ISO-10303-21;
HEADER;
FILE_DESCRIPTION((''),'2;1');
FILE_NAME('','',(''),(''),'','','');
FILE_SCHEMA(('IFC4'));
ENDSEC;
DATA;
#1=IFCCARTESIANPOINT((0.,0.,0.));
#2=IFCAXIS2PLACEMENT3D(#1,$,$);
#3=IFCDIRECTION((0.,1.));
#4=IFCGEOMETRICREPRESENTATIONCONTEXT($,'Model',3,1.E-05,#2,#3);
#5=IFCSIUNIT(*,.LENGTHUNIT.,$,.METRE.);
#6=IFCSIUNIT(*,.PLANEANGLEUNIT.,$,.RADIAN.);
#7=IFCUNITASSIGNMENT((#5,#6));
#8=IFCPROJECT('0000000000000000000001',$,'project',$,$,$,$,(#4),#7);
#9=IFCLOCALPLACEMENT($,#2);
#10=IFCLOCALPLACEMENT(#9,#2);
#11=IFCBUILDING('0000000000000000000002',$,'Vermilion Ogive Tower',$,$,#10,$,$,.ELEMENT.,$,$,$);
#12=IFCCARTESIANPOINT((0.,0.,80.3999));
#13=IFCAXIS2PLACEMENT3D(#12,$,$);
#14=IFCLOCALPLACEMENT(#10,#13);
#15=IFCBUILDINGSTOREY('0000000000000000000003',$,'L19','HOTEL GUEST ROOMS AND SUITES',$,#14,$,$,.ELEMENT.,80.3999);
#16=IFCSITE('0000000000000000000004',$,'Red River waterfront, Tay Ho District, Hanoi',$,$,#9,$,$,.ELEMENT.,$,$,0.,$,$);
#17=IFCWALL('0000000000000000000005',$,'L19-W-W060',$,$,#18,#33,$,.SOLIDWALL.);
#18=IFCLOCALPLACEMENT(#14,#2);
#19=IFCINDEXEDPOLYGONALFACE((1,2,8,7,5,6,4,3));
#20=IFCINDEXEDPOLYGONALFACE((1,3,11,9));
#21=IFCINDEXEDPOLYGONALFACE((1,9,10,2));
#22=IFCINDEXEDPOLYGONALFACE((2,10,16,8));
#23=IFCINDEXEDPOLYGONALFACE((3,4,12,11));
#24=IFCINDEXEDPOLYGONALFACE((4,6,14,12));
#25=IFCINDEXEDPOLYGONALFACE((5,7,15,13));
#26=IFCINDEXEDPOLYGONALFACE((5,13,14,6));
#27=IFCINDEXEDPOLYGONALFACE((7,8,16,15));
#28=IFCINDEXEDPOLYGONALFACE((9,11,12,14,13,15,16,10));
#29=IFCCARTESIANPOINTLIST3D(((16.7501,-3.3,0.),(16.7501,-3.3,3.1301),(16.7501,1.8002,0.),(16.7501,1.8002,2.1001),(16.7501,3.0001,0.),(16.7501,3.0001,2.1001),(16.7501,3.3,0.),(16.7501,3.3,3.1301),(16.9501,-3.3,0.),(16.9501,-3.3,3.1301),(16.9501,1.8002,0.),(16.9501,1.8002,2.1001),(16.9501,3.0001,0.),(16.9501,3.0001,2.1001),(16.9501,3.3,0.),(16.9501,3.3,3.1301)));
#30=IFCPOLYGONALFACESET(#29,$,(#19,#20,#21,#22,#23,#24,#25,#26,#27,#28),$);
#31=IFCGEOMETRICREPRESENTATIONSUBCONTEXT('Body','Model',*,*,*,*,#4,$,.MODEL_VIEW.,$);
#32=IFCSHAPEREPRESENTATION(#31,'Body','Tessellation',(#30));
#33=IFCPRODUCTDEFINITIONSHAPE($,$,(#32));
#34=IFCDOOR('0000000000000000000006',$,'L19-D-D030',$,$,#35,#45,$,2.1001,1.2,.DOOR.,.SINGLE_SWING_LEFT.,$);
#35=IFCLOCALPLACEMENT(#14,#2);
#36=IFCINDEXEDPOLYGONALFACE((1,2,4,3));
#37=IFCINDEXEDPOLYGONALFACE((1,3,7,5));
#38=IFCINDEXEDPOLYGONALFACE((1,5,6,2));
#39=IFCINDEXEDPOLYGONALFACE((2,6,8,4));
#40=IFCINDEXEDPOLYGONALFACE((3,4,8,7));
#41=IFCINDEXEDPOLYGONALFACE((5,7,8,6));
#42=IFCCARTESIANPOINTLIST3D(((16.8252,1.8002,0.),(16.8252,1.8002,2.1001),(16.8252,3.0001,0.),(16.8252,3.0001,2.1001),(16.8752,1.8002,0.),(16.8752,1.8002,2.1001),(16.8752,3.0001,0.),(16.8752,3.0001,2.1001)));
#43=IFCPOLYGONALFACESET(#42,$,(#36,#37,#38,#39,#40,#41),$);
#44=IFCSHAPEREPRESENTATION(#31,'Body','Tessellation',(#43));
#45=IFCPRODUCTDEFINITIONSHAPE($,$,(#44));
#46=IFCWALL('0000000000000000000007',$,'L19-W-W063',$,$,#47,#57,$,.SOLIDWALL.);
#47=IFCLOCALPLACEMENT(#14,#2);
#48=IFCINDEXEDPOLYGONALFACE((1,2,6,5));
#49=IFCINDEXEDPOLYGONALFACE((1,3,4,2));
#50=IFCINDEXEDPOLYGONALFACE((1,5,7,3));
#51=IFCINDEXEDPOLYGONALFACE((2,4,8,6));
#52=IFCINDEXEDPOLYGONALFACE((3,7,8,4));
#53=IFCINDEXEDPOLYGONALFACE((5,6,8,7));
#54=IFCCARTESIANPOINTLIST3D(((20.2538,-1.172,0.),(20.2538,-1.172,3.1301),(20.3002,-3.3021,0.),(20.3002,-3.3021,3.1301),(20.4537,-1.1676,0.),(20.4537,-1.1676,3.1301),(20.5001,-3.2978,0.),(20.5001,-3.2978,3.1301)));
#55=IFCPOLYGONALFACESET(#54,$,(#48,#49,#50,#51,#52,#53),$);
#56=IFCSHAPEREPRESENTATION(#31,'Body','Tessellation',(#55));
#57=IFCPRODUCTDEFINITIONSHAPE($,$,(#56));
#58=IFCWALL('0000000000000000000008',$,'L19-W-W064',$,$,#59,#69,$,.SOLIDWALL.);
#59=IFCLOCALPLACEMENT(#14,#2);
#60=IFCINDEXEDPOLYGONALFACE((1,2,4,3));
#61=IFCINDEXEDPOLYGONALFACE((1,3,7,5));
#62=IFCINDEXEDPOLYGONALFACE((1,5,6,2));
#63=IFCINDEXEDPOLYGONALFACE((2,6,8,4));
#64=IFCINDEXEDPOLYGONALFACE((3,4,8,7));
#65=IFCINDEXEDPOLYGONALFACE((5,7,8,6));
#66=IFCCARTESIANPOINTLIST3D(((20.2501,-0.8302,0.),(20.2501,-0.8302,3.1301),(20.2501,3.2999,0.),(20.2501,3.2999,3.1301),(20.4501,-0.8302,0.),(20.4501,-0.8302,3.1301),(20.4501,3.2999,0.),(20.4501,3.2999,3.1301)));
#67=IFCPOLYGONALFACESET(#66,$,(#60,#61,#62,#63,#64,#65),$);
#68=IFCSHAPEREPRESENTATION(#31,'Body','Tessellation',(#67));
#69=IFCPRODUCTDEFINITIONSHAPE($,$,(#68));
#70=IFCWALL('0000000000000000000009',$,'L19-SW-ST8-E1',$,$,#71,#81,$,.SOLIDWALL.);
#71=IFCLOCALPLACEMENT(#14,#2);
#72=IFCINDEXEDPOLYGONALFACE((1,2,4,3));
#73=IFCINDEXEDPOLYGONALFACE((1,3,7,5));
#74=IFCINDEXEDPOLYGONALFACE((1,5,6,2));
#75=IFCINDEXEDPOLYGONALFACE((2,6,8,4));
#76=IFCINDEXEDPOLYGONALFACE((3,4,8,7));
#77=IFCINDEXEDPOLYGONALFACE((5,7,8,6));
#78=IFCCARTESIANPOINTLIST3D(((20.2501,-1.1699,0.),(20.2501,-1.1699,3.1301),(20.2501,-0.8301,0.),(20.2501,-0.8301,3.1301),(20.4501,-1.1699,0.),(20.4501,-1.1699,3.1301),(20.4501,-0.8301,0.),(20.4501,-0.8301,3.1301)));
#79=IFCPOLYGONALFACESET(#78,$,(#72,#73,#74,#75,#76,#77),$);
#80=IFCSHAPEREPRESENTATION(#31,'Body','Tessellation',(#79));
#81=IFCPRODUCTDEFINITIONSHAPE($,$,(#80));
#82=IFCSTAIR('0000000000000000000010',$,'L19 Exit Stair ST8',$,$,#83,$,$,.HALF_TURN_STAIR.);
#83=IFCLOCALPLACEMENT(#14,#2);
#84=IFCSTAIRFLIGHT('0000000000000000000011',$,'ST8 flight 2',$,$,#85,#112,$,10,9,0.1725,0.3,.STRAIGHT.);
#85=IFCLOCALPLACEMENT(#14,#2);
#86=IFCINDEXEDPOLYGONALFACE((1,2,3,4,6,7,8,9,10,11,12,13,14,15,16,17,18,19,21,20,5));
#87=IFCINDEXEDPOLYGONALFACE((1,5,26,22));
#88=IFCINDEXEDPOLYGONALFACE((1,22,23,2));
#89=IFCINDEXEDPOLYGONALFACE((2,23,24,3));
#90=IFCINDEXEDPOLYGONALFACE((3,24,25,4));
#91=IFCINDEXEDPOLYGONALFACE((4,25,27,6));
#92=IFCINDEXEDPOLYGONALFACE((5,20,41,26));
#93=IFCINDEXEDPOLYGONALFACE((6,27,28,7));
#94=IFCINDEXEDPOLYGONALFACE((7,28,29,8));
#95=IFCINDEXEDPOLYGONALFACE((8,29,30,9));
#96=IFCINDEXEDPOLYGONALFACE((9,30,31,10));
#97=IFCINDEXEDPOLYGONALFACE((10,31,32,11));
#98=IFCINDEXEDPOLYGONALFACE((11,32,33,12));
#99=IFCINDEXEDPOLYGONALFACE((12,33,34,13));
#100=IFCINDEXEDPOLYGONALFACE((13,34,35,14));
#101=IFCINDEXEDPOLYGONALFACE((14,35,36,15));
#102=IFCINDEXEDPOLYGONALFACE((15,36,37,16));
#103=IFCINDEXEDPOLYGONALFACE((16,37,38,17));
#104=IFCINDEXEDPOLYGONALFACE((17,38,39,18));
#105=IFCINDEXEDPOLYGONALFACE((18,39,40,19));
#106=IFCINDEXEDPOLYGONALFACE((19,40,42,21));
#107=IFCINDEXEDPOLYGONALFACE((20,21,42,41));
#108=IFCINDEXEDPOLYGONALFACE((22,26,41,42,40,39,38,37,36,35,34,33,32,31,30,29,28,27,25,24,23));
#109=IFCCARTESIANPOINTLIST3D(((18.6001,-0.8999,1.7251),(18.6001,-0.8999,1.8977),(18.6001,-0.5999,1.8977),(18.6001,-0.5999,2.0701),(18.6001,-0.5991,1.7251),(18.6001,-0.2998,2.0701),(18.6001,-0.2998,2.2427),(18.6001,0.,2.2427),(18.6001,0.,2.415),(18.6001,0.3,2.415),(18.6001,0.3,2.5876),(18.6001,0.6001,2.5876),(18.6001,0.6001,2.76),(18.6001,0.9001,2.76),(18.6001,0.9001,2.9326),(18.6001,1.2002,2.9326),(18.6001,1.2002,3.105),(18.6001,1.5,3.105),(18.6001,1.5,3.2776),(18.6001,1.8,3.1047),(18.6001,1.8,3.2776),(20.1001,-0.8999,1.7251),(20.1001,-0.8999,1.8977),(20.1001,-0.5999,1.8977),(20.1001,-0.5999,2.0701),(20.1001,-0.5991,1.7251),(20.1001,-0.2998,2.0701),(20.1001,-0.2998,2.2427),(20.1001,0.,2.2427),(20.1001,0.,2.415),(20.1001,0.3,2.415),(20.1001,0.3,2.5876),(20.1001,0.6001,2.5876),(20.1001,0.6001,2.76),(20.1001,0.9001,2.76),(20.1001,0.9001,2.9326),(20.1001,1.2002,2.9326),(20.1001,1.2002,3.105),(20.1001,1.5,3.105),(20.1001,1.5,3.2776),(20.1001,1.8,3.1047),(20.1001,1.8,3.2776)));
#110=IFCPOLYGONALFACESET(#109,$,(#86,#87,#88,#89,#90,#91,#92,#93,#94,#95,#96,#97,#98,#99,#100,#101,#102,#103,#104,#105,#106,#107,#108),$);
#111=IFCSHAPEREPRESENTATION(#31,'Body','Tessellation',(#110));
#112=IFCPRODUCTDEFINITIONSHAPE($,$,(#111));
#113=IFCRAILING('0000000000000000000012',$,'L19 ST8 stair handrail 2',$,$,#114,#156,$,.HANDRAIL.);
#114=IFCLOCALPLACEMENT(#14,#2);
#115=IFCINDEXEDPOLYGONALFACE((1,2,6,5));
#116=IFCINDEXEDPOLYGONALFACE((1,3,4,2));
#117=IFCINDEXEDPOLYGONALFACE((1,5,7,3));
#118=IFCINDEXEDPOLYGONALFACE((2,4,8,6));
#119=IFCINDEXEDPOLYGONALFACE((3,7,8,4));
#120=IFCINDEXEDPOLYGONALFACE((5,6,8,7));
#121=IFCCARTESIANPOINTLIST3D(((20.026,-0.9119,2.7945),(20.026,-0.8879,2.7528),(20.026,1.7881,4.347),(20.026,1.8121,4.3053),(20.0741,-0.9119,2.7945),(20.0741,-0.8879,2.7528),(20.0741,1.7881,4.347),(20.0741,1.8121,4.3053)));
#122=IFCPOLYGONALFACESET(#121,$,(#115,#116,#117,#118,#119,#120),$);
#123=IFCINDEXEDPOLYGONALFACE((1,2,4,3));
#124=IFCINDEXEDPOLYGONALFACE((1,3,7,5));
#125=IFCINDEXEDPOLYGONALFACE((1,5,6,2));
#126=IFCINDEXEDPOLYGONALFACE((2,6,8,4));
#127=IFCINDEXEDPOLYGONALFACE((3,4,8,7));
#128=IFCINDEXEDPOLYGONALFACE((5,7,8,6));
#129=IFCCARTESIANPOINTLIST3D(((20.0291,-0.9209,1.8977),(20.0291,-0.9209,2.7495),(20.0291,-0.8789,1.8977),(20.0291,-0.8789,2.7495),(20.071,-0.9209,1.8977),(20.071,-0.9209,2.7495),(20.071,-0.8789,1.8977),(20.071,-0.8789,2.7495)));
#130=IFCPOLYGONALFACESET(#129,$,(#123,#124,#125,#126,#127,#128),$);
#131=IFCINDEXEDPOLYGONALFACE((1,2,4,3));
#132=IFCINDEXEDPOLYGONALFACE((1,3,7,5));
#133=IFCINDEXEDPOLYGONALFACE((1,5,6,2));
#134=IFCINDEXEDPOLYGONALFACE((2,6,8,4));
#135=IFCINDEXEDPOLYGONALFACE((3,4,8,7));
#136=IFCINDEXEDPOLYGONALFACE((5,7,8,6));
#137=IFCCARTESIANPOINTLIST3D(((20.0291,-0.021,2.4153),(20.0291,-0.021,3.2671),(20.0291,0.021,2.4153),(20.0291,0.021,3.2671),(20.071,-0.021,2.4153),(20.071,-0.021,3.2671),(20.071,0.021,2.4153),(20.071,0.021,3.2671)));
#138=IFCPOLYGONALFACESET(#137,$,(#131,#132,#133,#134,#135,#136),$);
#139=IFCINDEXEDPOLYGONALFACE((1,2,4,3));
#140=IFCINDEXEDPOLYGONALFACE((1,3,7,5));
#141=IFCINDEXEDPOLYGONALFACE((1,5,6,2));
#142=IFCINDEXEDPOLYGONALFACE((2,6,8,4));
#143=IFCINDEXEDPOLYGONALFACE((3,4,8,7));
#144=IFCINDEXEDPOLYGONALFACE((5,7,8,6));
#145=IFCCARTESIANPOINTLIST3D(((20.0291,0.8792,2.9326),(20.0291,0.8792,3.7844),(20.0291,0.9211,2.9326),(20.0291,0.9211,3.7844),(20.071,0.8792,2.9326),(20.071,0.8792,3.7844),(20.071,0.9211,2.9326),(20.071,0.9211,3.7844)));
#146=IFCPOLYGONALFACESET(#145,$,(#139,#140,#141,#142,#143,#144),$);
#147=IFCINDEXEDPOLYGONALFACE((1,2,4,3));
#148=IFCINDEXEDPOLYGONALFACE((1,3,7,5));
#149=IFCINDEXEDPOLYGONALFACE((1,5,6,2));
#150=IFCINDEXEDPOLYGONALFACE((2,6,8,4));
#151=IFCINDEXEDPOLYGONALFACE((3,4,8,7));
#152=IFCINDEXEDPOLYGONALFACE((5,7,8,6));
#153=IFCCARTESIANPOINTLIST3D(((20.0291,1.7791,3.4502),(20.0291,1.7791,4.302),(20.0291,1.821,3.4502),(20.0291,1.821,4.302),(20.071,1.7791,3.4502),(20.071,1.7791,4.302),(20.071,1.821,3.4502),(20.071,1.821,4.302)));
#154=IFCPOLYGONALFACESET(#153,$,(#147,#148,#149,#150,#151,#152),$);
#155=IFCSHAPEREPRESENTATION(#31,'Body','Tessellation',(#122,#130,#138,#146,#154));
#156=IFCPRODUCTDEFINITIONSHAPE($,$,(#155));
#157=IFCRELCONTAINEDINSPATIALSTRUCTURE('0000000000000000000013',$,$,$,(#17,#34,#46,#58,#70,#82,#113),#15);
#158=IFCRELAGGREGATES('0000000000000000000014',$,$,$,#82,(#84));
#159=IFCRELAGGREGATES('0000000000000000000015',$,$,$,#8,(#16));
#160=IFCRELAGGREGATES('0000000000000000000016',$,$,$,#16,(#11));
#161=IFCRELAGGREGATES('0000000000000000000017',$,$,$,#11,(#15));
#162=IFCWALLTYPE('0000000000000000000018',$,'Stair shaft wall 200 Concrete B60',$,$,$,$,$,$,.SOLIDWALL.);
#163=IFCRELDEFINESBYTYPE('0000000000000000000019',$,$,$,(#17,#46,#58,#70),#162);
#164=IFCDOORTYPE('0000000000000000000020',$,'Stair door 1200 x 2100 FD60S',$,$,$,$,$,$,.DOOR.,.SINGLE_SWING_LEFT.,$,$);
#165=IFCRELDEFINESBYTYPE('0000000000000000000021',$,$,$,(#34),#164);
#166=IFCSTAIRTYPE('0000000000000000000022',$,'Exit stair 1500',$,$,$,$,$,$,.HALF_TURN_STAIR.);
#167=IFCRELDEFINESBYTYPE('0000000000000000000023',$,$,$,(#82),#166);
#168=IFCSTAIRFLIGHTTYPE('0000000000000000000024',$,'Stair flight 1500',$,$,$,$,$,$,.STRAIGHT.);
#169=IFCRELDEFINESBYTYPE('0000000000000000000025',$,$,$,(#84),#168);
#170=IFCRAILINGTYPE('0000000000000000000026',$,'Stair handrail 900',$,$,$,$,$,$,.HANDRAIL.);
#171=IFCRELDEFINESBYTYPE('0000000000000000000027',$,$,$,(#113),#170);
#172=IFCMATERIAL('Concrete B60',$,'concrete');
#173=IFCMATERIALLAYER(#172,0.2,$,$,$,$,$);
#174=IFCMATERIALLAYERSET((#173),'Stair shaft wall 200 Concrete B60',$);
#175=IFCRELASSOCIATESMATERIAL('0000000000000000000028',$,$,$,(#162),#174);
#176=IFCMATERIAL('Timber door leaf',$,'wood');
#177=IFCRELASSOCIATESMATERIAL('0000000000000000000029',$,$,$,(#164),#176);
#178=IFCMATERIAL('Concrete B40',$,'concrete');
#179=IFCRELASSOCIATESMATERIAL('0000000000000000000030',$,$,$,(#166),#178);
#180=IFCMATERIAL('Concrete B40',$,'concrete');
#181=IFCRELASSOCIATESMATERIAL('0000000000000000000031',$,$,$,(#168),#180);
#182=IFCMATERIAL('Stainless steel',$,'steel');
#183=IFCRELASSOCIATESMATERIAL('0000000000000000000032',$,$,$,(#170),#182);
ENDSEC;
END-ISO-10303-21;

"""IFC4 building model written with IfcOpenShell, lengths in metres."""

from ifc_helpers import new_model, si_unit, direction, frame, frame_2d, origin, origin_2d, place, context, subcontext, project, spatial, polyline, rectangle, outline, extrude, material, layer, layer_set, type_object, element, fill, aggregate, save


model = new_model("IFC4")

# Units and contexts
model_context = context("Model", 3, precision=1e-05, world=origin(), true_north=direction((0.0, 1.0)))
body_context = subcontext(model_context, "Body", "Model", "MODEL_VIEW")
ifc_project = project(units=[si_unit("LENGTHUNIT", "METRE"), si_unit("PLANEANGLEUNIT", "RADIAN")], contexts=[model_context])

# Site, building, storey
site_placement = place(None, origin())
site = spatial("IfcSite", under=ifc_project, at=site_placement, Name="Red River waterfront, Tay Ho District, Hanoi", CompositionType="ELEMENT", RefElevation=0.0)
building_placement = place(site_placement, origin())
building = spatial("IfcBuilding", under=site, at=building_placement, Name="Vermilion Ogive Tower", CompositionType="ELEMENT")
storey_placement = place(building_placement, frame((0.0, 0.0, 80.3999)))
storey = spatial("IfcBuildingStorey", under=building, at=storey_placement, Name="L19", Description="HOTEL GUEST ROOMS AND SUITES", CompositionType="ELEMENT", Elevation=80.3999)

# Shared definitions
ifc_material_1 = material(Name="Concrete B60", Category="concrete")
ifc_layer_1 = layer(ifc_material_1, 0.2)
ifc_layer_set_1 = layer_set([ifc_layer_1], Name="Stair shaft wall 200 Concrete B60")
wall_type_1 = type_object("IfcWallType", Name="Stair shaft wall 200 Concrete B60", PredefinedType="SOLIDWALL", material=ifc_layer_set_1)

# Wall, opening, door
wall_1_placement = place(storey_placement, frame((16.8501, -3.3, 0.0), z_axis=(0.0, 0.0, 1.0), x_axis=(0.0, 1.0, 0.0)))
wall_1 = element("IfcWall", 1, at=wall_1_placement, inside=storey, type_object=wall_type_1, Name="L19-W-W060", PredefinedType="SOLIDWALL", context=body_context, shape_type="SweptSolid", body=[
    extrude(rectangle(XDim=6.6001, YDim=0.2, at=frame_2d((3.3, 0.0))), origin(), (0.0, 0.0, 1.0), 3.1301),
])
opening_1_placement = place(wall_1_placement, frame((5.1001, 0.0, 0.0)))
opening_1 = element("IfcOpeningElement", 2, at=opening_1_placement, cuts=wall_1, PredefinedType="OPENING", context=body_context, shape_type="SweptSolid", body=[
    extrude(rectangle(XDim=1.2, YDim=2.1001, at=frame_2d((0.6001, 1.05))), frame((0.0, 0.1099, 0.0), z_axis=(0.0, -1.0, 0.0), x_axis=(1.0, 0.0, 0.0)), (0.0, 0.0, 1.0), 0.22),
])
ifc_material_2 = material(Name="Timber door leaf", Category="wood")
door_type_1 = type_object("IfcDoorType", Name="Stair door 1200 x 2100 FD60S", OperationType="SINGLE_SWING_LEFT", PredefinedType="DOOR", material=ifc_material_2)
door_1_placement = place(opening_1_placement, origin())
door_1 = element("IfcDoor", 3, at=door_1_placement, inside=storey, type_object=door_type_1, Name="L19-D-D030", OperationType="SINGLE_SWING_LEFT", OverallHeight=2.1001, OverallWidth=1.2, PredefinedType="DOOR", context=body_context, shape_type="SweptSolid", body=[
    extrude(rectangle(XDim=1.2, YDim=2.1001, at=frame_2d((0.6001, 1.05))), frame((0.0, 0.0249, 0.0), z_axis=(0.0, -1.0, 0.0), x_axis=(1.0, 0.0, 0.0)), (0.0, 0.0, 1.0), 0.05),
])
fill(opening_1, door_1)

# Walls
wall_2_placement = place(storey_placement, frame((20.4001, -3.3, 0.0), z_axis=(0.0, 0.0, 1.0), x_axis=(-0.021771, 0.999763, 0.0)))
element("IfcWall", 4, at=wall_2_placement, inside=storey, type_object=wall_type_1, Name="L19-W-W063", PredefinedType="SOLIDWALL", context=body_context, shape_type="SweptSolid", body=[
    extrude(rectangle(XDim=2.1306, YDim=0.2, at=frame_2d((1.0654, 0.0))), origin(), (0.0, 0.0, 1.0), 3.1301),
])
wall_3_placement = place(storey_placement, frame((20.3501, -0.8301, 0.0), z_axis=(0.0, 0.0, 1.0), x_axis=(0.0, 1.0, 0.0)))
element("IfcWall", 5, at=wall_3_placement, inside=storey, type_object=wall_type_1, Name="L19-W-W064", PredefinedType="SOLIDWALL", context=body_context, shape_type="SweptSolid", body=[
    extrude(rectangle(XDim=4.1301, YDim=0.2, at=frame_2d((2.0649, 0.0))), origin(), (0.0, 0.0, 1.0), 3.1301),
])
wall_4_placement = place(storey_placement, frame((20.3501, -1.1699, 0.0), z_axis=(0.0, 0.0, 1.0), x_axis=(0.0, 1.0, 0.0)))
element("IfcWall", 6, at=wall_4_placement, inside=storey, type_object=wall_type_1, Name="L19-SW-ST8-E1", PredefinedType="SOLIDWALL", context=body_context, shape_type="SweptSolid", body=[
    extrude(rectangle(XDim=0.3398, YDim=0.2, at=frame_2d((0.1699, 0.0))), origin(), (0.0, 0.0, 1.0), 3.1301),
])

# Stair, stair flight
ifc_material_3 = material(Name="Concrete B40", Category="concrete")
stair_type = type_object("IfcStairType", Name="Exit stair 1500", PredefinedType="HALF_TURN_STAIR", material=ifc_material_3)
stair_placement = place(storey_placement, origin())
stair = element("IfcStair", 7, at=stair_placement, inside=storey, type_object=stair_type, Name="L19 Exit Stair ST8", PredefinedType="HALF_TURN_STAIR")
ifc_material_4 = material(Name="Concrete B40", Category="concrete")
stair_flight_type = type_object("IfcStairFlightType", Name="Stair flight 1500", PredefinedType="STRAIGHT", material=ifc_material_4)
stair_flight_placement = place(storey_placement, frame((19.3501, -0.8999, 1.7251), z_axis=(0.0, 0.0, 1.0), x_axis=(0.0, 1.0, 0.0)))
stair_flight = element("IfcStairFlight", 8, at=stair_flight_placement, type_object=stair_flight_type, Name="ST8 flight 2", NumberOfRisers=10, NumberOfTreads=9, PredefinedType="STRAIGHT", RiserHeight=0.1725, TreadLength=0.3, context=body_context, shape_type="SweptSolid", body=[
    extrude(outline(polyline([(0.0, 0.0), (0.0, 0.1726), (0.3, 0.1726), (0.3, 0.345), (0.6001, 0.345), (0.6001, 0.5176), (0.8999, 0.5176), (0.8999, 0.6899), (1.2, 0.6899), (1.2, 0.8625), (1.5, 0.8625), (1.5, 1.0349), (1.8, 1.0349), (1.8, 1.2075), (2.1001, 1.2075), (2.1001, 1.3799), (2.3999, 1.3799), (2.3999, 1.5525), (2.7, 1.5525), (2.7, 1.7251), (2.7, 1.3796), (0.3008, 0.0), (0.0, 0.0)])), frame((0.0, 0.75, 0.0), z_axis=(0.0, -1.0, 0.0), x_axis=(1.0, 0.0, 0.0)), (0.0, 0.0, 1.0), 1.5),
])
aggregate(stair, [stair_flight])

# Railing
ifc_material_5 = material(Name="Stainless steel", Category="steel")
railing_type = type_object("IfcRailingType", Name="Stair handrail 900", PredefinedType="HANDRAIL", material=ifc_material_5)
railing_placement = place(storey_placement, frame((20.05, -0.8999, 1.8977)))
element("IfcRailing", 9, at=railing_placement, inside=storey, type_object=railing_type, Name="L19 ST8 stair handrail 2", PredefinedType="HANDRAIL", context=body_context, shape_type="SweptSolid", body=[
    extrude(rectangle(XDim=0.0481, YDim=0.0481, at=origin_2d()), frame((0.0, 0.0, 0.876), z_axis=(0.0, 0.866904, 0.498476), x_axis=(-1.0, 0.0, 0.0)), (0.0, 0.0, 1.0), 3.1145),
    extrude(rectangle(XDim=0.042, YDim=0.042, at=origin_2d()), origin(), (0.0, 0.0, 1.0), 0.8518),
    extrude(rectangle(XDim=0.042, YDim=0.042, at=origin_2d()), frame((0.0, 0.8999, 0.5176)), (0.0, 0.0, 1.0), 0.8518),
    extrude(rectangle(XDim=0.042, YDim=0.042, at=origin_2d()), frame((0.0, 1.8, 1.0349)), (0.0, 0.0, 1.0), 0.8518),
    extrude(rectangle(XDim=0.042, YDim=0.042, at=origin_2d()), frame((0.0, 2.7, 1.5525)), (0.0, 0.0, 1.0), 0.8518),
])

save(model, "model.ifc")
